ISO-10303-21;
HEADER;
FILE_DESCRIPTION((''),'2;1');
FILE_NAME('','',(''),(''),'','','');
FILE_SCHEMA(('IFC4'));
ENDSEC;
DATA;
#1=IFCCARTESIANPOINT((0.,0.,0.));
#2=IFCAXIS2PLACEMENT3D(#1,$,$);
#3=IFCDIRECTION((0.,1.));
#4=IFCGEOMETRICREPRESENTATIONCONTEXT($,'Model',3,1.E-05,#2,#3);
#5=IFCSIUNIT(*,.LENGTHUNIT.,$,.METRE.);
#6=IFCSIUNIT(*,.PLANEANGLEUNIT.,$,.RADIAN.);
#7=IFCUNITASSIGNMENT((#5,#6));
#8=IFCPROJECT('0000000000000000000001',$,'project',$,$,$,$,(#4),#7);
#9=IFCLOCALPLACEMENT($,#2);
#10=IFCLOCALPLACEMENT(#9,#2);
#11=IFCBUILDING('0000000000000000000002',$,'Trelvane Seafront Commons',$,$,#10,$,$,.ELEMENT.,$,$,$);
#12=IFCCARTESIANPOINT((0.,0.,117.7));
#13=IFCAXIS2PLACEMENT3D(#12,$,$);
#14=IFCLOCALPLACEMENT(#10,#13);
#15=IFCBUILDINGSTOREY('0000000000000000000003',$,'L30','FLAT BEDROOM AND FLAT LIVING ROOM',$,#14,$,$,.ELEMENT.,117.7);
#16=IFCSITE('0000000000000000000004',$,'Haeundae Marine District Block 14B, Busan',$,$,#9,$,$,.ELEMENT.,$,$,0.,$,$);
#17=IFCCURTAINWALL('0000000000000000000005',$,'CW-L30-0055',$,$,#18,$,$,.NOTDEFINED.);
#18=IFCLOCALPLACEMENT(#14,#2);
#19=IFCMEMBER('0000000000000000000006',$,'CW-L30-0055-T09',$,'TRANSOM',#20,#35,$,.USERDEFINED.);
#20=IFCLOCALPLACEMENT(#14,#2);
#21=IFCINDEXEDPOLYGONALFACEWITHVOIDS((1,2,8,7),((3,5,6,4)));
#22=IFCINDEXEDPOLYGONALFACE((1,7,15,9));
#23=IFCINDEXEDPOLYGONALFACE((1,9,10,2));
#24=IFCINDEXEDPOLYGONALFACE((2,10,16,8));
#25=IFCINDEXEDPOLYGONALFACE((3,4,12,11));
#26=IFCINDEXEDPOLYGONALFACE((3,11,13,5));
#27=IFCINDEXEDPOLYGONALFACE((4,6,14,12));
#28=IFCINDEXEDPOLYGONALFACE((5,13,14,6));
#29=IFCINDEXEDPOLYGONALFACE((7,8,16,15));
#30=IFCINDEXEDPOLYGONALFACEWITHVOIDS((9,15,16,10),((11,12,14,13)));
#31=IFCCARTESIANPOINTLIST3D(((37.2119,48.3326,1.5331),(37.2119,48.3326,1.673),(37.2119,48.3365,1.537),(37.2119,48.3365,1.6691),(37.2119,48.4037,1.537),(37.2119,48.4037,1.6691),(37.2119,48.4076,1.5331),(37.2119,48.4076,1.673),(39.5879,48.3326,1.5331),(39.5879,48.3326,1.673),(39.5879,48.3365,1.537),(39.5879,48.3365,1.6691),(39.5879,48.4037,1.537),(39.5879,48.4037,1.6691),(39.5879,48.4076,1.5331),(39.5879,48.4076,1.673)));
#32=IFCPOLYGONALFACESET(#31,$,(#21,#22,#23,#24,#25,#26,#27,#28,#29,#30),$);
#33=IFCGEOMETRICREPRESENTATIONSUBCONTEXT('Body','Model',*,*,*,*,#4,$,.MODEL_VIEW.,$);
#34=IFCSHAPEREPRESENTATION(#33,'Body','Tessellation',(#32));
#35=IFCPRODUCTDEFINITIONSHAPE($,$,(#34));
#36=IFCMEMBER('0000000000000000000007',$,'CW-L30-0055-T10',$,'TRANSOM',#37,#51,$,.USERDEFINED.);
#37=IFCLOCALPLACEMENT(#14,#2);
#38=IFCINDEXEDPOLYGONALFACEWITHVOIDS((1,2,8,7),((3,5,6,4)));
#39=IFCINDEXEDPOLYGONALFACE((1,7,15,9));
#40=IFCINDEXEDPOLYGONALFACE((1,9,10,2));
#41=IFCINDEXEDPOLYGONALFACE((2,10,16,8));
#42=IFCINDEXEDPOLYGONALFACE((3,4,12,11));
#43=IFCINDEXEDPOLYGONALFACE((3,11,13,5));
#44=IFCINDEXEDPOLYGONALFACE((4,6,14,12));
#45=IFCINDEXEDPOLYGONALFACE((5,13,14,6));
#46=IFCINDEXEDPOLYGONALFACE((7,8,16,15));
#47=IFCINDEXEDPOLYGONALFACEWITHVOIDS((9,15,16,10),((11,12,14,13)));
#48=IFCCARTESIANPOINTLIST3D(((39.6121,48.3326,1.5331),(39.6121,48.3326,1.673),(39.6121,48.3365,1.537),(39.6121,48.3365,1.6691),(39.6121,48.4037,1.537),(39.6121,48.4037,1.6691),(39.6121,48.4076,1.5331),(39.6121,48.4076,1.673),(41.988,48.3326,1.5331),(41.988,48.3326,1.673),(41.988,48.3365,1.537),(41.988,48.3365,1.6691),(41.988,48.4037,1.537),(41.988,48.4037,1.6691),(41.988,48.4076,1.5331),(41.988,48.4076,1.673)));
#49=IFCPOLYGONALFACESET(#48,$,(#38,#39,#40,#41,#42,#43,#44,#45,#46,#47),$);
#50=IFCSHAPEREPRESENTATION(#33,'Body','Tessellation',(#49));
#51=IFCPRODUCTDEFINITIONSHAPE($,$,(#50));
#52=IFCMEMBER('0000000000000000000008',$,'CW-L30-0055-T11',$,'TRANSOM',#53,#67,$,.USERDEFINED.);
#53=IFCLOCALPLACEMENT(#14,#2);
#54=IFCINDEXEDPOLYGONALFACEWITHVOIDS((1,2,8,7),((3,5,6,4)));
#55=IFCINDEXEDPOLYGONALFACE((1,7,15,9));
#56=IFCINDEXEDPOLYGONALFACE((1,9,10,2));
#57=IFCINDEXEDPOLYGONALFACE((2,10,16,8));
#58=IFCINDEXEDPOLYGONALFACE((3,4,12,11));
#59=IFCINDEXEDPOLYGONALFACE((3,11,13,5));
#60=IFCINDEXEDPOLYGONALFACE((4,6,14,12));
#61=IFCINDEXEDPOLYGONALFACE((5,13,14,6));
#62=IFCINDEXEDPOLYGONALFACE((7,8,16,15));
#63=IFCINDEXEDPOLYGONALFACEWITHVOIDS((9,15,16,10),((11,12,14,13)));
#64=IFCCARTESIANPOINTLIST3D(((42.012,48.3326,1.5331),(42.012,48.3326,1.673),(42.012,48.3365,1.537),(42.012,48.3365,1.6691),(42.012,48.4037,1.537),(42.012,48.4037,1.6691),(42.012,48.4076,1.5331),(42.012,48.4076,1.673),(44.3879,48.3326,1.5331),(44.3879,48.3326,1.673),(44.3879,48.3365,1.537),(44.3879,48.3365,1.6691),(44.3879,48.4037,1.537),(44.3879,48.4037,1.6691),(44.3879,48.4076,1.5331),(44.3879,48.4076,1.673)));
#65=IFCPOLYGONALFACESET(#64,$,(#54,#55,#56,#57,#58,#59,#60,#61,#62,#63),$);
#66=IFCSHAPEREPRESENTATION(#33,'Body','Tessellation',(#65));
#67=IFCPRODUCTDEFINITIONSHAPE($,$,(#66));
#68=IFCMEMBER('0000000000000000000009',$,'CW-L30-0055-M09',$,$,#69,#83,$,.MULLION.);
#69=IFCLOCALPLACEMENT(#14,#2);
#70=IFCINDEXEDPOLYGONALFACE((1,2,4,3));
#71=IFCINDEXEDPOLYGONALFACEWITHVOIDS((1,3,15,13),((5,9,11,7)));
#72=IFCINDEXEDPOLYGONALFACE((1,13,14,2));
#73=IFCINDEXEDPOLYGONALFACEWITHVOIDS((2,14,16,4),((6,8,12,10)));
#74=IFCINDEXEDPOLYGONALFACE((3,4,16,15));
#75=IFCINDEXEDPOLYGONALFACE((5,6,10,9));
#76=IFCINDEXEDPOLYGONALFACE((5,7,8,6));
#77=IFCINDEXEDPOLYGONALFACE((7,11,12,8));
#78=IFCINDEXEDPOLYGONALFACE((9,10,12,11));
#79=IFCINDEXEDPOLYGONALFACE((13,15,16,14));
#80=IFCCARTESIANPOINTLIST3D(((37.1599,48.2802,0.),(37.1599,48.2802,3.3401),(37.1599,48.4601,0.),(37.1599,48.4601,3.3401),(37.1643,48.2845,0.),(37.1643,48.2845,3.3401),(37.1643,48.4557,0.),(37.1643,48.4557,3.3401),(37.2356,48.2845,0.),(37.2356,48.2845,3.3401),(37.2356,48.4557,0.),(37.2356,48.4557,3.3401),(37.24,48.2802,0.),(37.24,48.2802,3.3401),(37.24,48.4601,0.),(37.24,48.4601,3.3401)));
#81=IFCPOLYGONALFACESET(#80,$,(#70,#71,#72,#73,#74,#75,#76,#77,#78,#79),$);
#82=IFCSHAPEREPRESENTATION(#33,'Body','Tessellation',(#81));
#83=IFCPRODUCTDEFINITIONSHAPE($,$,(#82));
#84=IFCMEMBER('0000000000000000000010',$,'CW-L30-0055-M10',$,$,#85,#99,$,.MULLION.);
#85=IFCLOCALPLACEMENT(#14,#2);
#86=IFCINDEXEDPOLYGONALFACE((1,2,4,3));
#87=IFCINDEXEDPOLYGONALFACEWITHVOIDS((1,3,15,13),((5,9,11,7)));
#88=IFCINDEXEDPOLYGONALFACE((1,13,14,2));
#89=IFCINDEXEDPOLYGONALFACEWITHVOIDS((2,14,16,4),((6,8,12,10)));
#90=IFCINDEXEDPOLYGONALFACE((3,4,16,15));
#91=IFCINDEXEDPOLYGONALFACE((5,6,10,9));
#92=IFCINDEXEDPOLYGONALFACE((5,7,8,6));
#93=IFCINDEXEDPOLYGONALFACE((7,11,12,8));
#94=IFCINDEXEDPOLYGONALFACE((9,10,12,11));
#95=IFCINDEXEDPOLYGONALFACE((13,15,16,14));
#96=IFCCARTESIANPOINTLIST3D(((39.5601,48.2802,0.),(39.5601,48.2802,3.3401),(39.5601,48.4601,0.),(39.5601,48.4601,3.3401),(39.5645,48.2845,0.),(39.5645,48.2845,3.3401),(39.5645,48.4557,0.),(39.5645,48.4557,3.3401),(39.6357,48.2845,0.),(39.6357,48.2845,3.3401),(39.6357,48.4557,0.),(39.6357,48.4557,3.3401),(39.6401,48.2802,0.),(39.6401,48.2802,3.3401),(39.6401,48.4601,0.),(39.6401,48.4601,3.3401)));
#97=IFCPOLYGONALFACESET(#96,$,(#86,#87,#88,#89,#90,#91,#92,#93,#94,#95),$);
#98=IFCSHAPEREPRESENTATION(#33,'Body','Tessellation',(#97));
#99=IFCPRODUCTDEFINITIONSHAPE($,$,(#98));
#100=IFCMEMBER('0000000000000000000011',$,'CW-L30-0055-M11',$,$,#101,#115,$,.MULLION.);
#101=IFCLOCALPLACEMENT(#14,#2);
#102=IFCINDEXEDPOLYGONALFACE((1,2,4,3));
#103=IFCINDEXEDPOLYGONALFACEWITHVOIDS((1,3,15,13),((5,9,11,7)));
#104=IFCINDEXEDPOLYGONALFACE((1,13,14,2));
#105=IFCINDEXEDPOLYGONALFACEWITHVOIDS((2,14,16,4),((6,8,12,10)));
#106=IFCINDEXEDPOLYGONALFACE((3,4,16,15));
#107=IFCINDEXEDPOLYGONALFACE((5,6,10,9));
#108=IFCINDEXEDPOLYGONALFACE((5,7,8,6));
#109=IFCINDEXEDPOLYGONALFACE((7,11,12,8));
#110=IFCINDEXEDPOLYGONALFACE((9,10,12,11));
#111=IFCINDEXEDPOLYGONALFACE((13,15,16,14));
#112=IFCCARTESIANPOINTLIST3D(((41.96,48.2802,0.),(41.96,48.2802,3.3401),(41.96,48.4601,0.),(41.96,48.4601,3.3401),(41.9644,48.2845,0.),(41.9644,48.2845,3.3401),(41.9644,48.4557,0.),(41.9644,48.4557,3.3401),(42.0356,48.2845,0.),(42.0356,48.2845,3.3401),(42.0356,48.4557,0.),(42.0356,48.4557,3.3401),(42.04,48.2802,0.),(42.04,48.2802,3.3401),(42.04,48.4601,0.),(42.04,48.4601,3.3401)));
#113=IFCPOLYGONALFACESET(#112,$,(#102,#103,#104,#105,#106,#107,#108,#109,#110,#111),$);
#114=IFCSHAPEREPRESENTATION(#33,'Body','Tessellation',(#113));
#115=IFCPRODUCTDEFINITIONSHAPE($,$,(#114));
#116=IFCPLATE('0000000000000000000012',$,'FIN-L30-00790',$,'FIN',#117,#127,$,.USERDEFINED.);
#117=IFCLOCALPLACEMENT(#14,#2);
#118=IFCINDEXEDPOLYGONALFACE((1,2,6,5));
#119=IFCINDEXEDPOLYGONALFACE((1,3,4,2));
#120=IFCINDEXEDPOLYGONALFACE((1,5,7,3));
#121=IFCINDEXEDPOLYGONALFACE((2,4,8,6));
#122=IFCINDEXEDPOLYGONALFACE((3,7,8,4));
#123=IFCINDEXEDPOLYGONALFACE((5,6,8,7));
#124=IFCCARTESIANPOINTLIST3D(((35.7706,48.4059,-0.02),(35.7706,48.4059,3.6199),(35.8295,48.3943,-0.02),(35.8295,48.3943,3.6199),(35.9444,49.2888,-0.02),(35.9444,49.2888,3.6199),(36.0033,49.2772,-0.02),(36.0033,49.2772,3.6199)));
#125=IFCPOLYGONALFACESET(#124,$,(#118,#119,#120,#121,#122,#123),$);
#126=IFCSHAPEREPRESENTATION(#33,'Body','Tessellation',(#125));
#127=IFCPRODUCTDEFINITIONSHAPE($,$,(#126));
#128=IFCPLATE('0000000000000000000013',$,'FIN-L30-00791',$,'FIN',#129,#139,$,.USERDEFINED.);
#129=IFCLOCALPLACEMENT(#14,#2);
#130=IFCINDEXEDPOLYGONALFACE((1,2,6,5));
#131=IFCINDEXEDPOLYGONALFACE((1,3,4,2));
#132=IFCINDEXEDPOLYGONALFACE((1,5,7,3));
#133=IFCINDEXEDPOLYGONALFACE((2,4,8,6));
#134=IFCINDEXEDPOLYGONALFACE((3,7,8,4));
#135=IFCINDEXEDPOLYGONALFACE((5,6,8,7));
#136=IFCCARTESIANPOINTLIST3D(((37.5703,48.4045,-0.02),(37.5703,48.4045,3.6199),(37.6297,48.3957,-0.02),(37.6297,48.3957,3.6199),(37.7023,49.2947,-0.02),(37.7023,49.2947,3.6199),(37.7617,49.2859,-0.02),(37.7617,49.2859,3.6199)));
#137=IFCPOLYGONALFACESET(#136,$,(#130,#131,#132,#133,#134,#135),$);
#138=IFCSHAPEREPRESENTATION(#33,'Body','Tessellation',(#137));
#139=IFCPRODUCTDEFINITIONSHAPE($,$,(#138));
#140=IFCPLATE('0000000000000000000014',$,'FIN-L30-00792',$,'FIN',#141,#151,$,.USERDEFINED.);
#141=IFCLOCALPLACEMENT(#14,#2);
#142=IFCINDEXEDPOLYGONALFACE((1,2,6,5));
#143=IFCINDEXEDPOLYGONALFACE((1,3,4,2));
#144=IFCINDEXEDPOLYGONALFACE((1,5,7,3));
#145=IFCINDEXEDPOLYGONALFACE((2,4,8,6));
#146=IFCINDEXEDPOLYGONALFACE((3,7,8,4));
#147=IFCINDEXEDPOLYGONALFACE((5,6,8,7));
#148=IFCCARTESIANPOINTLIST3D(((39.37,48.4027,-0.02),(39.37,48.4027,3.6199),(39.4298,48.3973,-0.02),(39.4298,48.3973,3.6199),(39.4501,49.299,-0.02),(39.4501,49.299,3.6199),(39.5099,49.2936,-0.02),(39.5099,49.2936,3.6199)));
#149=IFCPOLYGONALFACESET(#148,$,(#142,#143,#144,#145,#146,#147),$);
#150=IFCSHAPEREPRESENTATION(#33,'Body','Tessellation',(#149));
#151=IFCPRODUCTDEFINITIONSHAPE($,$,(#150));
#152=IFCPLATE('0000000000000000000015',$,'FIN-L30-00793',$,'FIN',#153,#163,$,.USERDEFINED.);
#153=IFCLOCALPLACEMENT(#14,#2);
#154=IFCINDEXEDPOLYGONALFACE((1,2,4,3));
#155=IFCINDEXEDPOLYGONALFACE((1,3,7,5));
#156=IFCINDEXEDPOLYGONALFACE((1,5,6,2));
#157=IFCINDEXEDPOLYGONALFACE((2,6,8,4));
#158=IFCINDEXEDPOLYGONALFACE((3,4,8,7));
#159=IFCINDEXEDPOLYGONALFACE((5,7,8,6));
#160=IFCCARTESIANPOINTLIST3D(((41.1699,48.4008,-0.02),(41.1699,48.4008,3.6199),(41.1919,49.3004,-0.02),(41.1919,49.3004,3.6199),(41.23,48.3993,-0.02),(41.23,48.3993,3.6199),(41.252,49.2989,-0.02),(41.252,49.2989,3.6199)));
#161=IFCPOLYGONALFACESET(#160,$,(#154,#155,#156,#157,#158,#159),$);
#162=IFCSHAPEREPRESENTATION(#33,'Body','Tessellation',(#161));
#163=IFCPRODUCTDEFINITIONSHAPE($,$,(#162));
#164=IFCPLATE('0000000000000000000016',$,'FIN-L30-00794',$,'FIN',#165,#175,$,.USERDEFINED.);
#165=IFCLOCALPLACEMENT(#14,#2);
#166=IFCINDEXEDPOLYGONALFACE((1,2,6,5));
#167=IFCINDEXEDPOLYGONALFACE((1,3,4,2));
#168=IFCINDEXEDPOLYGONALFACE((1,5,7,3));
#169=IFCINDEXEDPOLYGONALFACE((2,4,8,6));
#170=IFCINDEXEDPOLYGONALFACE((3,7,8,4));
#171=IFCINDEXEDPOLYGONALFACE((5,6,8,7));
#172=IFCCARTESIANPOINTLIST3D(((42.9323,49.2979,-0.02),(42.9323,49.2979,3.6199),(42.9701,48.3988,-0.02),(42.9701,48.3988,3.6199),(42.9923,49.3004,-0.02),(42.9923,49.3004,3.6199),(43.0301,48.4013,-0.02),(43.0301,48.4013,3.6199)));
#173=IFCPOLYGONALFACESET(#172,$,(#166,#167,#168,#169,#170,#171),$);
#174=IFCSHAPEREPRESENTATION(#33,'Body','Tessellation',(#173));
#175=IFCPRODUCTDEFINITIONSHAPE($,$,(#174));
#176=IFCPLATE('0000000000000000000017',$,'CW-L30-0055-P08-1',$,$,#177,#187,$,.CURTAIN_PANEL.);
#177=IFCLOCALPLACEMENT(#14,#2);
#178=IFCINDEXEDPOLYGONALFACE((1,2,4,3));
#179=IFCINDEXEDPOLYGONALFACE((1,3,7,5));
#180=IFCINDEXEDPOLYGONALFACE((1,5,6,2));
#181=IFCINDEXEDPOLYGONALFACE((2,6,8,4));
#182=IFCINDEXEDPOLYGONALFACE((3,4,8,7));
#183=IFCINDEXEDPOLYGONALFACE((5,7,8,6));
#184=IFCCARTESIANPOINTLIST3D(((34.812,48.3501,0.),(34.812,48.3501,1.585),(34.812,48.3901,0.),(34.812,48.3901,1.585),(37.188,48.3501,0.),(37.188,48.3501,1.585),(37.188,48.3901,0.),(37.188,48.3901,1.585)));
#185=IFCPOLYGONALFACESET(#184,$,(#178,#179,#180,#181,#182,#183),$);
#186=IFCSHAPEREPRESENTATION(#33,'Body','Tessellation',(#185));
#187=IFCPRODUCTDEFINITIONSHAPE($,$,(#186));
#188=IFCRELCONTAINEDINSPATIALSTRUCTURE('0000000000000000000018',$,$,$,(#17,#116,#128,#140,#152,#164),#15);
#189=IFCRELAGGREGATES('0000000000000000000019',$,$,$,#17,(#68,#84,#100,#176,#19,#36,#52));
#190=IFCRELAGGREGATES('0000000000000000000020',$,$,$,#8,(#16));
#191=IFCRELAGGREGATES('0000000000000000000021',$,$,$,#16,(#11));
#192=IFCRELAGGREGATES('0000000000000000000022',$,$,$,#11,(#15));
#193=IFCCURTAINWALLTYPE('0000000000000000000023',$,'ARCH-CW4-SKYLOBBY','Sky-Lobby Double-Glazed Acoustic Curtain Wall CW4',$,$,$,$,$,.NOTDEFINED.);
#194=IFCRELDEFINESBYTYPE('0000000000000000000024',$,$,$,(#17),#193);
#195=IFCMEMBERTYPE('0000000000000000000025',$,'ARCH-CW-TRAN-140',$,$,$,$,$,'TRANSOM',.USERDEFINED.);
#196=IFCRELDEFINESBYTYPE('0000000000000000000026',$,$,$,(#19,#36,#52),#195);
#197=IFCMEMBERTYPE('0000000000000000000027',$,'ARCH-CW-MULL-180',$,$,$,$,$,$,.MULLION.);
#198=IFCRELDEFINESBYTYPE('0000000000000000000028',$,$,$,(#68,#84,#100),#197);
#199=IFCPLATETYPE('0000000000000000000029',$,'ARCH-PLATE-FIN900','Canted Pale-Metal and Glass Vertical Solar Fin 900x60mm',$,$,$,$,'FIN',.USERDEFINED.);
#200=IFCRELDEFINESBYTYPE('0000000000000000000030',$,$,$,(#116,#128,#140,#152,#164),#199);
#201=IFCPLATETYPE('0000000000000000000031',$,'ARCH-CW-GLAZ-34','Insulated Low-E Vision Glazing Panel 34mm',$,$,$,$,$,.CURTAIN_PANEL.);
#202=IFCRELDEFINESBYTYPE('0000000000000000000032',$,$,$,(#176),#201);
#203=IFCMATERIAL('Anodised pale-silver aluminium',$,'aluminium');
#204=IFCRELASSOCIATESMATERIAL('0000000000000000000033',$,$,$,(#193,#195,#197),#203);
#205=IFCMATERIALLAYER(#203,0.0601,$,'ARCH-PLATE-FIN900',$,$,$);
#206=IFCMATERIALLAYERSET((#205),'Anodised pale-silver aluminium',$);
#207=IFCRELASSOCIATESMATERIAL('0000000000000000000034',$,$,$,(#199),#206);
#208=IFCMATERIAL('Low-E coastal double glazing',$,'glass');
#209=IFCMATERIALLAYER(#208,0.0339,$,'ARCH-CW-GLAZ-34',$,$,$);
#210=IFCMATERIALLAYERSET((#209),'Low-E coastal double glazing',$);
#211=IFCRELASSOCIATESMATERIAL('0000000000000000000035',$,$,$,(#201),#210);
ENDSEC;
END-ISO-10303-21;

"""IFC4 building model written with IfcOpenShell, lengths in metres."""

from ifc_helpers import new_model, si_unit, direction, frame, origin, origin_2d, place, context, subcontext, project, spatial, rectangle, hollow_rectangle, extrude, source, transform, mapped, material, layer, layer_set, material_profile, profile_set, type_object, element, aggregate, save


model = new_model("IFC4")

# Units and contexts
model_context = context("Model", 3, precision=1e-05, world=origin(), true_north=direction((0.0, 1.0)))
body_context = subcontext(model_context, "Body", "Model", "MODEL_VIEW")
ifc_project = project(units=[si_unit("LENGTHUNIT", "METRE"), si_unit("PLANEANGLEUNIT", "RADIAN")], contexts=[model_context])

# Site, building, storey
site_placement = place(None, origin())
site = spatial("IfcSite", under=ifc_project, at=site_placement, Name="Haeundae Marine District Block 14B, Busan", CompositionType="ELEMENT", RefElevation=0.0)
building_placement = place(site_placement, origin())
building = spatial("IfcBuilding", under=site, at=building_placement, Name="Trelvane Seafront Commons", CompositionType="ELEMENT")
storey_placement = place(building_placement, frame((0.0, 0.0, 117.7)))
storey = spatial("IfcBuildingStorey", under=building, at=storey_placement, Name="L30", Description="FLAT BEDROOM AND FLAT LIVING ROOM", CompositionType="ELEMENT", Elevation=117.7)

# Curtain wall, members
ifc_material_1 = material(Name="Anodised pale-silver aluminium", Category="aluminium")
curtain_wall_type = type_object("IfcCurtainWallType", Name="ARCH-CW4-SKYLOBBY", Description="Sky-Lobby Double-Glazed Acoustic Curtain Wall CW4", PredefinedType="NOTDEFINED", material=ifc_material_1)
curtain_wall_placement = place(storey_placement, origin())
curtain_wall = element("IfcCurtainWall", 1, at=curtain_wall_placement, inside=storey, type_object=curtain_wall_type, Name="CW-L30-0055", PredefinedType="NOTDEFINED")
ifc_material_profile_1 = material_profile(ifc_material_1, hollow_rectangle(XDim=0.075, YDim=0.1399, WallThickness=0.0039, at=origin_2d()), Name="TRAN-75x140x4")
ifc_profile_set_1 = profile_set([ifc_material_profile_1], Name="Anodised pale-silver aluminium")
member_type_1 = type_object("IfcMemberType", Name="ARCH-CW-TRAN-140", ElementType="TRANSOM", PredefinedType="USERDEFINED", material=ifc_profile_set_1)
shared_shape_1 = source(origin(), body_context, "Body", "SweptSolid", [
    extrude(hollow_rectangle(XDim=0.075, YDim=0.1399, WallThickness=0.0039, at=origin_2d()), origin(), (0.0, 0.0, 1.0), 2.376),
])
member_1_placement = place(storey_placement, frame((37.2119, 48.3701, 1.603), z_axis=(1.0, 0.0, 0.0), x_axis=(0.0, 1.0, 0.0)))
member_1 = element("IfcMember", 2, at=member_1_placement, type_object=member_type_1, Name="CW-L30-0055-T09", ObjectType="TRANSOM", PredefinedType="USERDEFINED", context=body_context, shape_type="MappedRepresentation", body=[
    mapped(shared_shape_1, transform((0.0, 0.0, 0.0), x_axis=(1.0, 0.0, 0.0), y_axis=(0.0, 1.0, 0.0), z_axis=(0.0, 0.0, 1.0), scale=1.0)),
])
member_2_placement = place(storey_placement, frame((39.6121, 48.3701, 1.603), z_axis=(1.0, 0.0, 0.0), x_axis=(0.0, 1.0, 0.0)))
member_2 = element("IfcMember", 3, at=member_2_placement, type_object=member_type_1, Name="CW-L30-0055-T10", ObjectType="TRANSOM", PredefinedType="USERDEFINED", context=body_context, shape_type="MappedRepresentation", body=[
    mapped(shared_shape_1, transform((0.0, 0.0, 0.0), x_axis=(1.0, 0.0, 0.0), y_axis=(0.0, 1.0, 0.0), z_axis=(0.0, 0.0, 1.0), scale=1.0)),
])
member_3_placement = place(storey_placement, frame((42.012, 48.3701, 1.603), z_axis=(1.0, 0.0, 0.0), x_axis=(0.0, 1.0, 0.0)))
member_3 = element("IfcMember", 4, at=member_3_placement, type_object=member_type_1, Name="CW-L30-0055-T11", ObjectType="TRANSOM", PredefinedType="USERDEFINED", context=body_context, shape_type="MappedRepresentation", body=[
    mapped(shared_shape_1, transform((0.0, 0.0, 0.0), x_axis=(1.0, 0.0, 0.0), y_axis=(0.0, 1.0, 0.0), z_axis=(0.0, 0.0, 1.0), scale=1.0)),
])
ifc_material_profile_2 = material_profile(ifc_material_1, hollow_rectangle(XDim=0.0801, YDim=0.1799, WallThickness=0.0044, at=origin_2d()), Name="MULL-80x180x4.5")
ifc_profile_set_2 = profile_set([ifc_material_profile_2], Name="Anodised pale-silver aluminium")
member_type_2 = type_object("IfcMemberType", Name="ARCH-CW-MULL-180", PredefinedType="MULLION", material=ifc_profile_set_2)
shared_shape_2 = source(origin(), body_context, "Body", "SweptSolid", [
    extrude(hollow_rectangle(XDim=0.0801, YDim=0.1799, WallThickness=0.0044, at=origin_2d()), origin(), (0.0, 0.0, 1.0), 3.3401),
])
member_4_placement = place(storey_placement, frame((37.2, 48.3701, 0.0), z_axis=(0.0, 0.0, 1.0), x_axis=(1.0, 0.0, 0.0)))
member_4 = element("IfcMember", 5, at=member_4_placement, type_object=member_type_2, Name="CW-L30-0055-M09", PredefinedType="MULLION", context=body_context, shape_type="MappedRepresentation", body=[
    mapped(shared_shape_2, transform((0.0, 0.0, 0.0), x_axis=(1.0, 0.0, 0.0), y_axis=(0.0, 1.0, 0.0), z_axis=(0.0, 0.0, 1.0), scale=1.0)),
])
member_5_placement = place(storey_placement, frame((39.6001, 48.3701, 0.0), z_axis=(0.0, 0.0, 1.0), x_axis=(1.0, 0.0, 0.0)))
member_5 = element("IfcMember", 6, at=member_5_placement, type_object=member_type_2, Name="CW-L30-0055-M10", PredefinedType="MULLION", context=body_context, shape_type="MappedRepresentation", body=[
    mapped(shared_shape_2, transform((0.0, 0.0, 0.0), x_axis=(1.0, 0.0, 0.0), y_axis=(0.0, 1.0, 0.0), z_axis=(0.0, 0.0, 1.0), scale=1.0)),
])
member_6_placement = place(storey_placement, frame((42.0, 48.3701, 0.0), z_axis=(0.0, 0.0, 1.0), x_axis=(1.0, 0.0, 0.0)))
member_6 = element("IfcMember", 7, at=member_6_placement, type_object=member_type_2, Name="CW-L30-0055-M11", PredefinedType="MULLION", context=body_context, shape_type="MappedRepresentation", body=[
    mapped(shared_shape_2, transform((0.0, 0.0, 0.0), x_axis=(1.0, 0.0, 0.0), y_axis=(0.0, 1.0, 0.0), z_axis=(0.0, 0.0, 1.0), scale=1.0)),
])

# Plates
ifc_layer_1 = layer(ifc_material_1, 0.0601, Name="ARCH-PLATE-FIN900")
ifc_layer_set_1 = layer_set([ifc_layer_1], Name="Anodised pale-silver aluminium")
plate_type_1 = type_object("IfcPlateType", Name="ARCH-PLATE-FIN900", Description="Canted Pale-Metal and Glass Vertical Solar Fin 900x60mm", ElementType="FIN", PredefinedType="USERDEFINED", material=ifc_layer_set_1)
shared_shape_3 = source(origin(), body_context, "Body", "SweptSolid", [
    extrude(rectangle(XDim=0.8999, YDim=0.0601, at=origin_2d()), origin(), (0.0, 0.0, 1.0), 3.6399),
])
for number, where, z_axis, x_axis, name in (
    (8, (35.887, 48.8416, -0.02), (0.0, 0.0, 1.0), (0.193103, 0.981179, 0.0), "FIN-L30-00790"),
    (9, (37.666, 48.8452, -0.02), (0.0, 0.0, 1.0), (0.146661, 0.989187, 0.0), "FIN-L30-00791"),
    (10, (39.4399, 48.8481, -0.02), (0.0, 0.0, 1.0), (0.089002, 0.996031, 0.0), "FIN-L30-00792"),
    (11, (41.2109, 48.8499, -0.02), (0.0, 0.0, 1.0), (0.024446, 0.999701, 0.0), "FIN-L30-00793"),
    (12, (42.9812, 48.8496, -0.02), (0.0, 0.0, 1.0), (-0.041999, 0.999118, 0.0), "FIN-L30-00794"),
):
    element("IfcPlate", number, at=place(storey_placement, frame(where, z_axis=z_axis, x_axis=x_axis)), inside=storey, type_object=plate_type_1, Name=name, ObjectType="FIN", PredefinedType="USERDEFINED", context=body_context, shape_type="MappedRepresentation", body=[
        mapped(shared_shape_3, transform((0.0, 0.0, 0.0), x_axis=(1.0, 0.0, 0.0), y_axis=(0.0, 1.0, 0.0), z_axis=(0.0, 0.0, 1.0), scale=1.0)),
    ])

# Plate
ifc_material_2 = material(Name="Low-E coastal double glazing", Category="glass")
ifc_layer_2 = layer(ifc_material_2, 0.0339, Name="ARCH-CW-GLAZ-34")
ifc_layer_set_2 = layer_set([ifc_layer_2], Name="Low-E coastal double glazing")
plate_type_2 = type_object("IfcPlateType", Name="ARCH-CW-GLAZ-34", Description="Insulated Low-E Vision Glazing Panel 34mm", PredefinedType="CURTAIN_PANEL", material=ifc_layer_set_2)
shared_shape_4 = source(origin(), body_context, "Body", "SweptSolid", [
    extrude(rectangle(XDim=2.376, YDim=0.04, at=origin_2d()), origin(), (0.0, 0.0, 1.0), 1.585),
])
plate_1_placement = place(storey_placement, frame((36.0, 48.3701, 0.0), z_axis=(0.0, 0.0, 1.0), x_axis=(1.0, 0.0, 0.0)))
plate_1 = element("IfcPlate", 13, at=plate_1_placement, type_object=plate_type_2, Name="CW-L30-0055-P08-1", PredefinedType="CURTAIN_PANEL", context=body_context, shape_type="MappedRepresentation", body=[
    mapped(shared_shape_4, transform((0.0, 0.0, 0.0), x_axis=(1.0, 0.0, 0.0), y_axis=(0.0, 1.0, 0.0), z_axis=(0.0, 0.0, 1.0), scale=1.0)),
])
aggregate(curtain_wall, [member_4, member_5, member_6, plate_1, member_1, member_2, member_3])

save(model, "model.ifc")
